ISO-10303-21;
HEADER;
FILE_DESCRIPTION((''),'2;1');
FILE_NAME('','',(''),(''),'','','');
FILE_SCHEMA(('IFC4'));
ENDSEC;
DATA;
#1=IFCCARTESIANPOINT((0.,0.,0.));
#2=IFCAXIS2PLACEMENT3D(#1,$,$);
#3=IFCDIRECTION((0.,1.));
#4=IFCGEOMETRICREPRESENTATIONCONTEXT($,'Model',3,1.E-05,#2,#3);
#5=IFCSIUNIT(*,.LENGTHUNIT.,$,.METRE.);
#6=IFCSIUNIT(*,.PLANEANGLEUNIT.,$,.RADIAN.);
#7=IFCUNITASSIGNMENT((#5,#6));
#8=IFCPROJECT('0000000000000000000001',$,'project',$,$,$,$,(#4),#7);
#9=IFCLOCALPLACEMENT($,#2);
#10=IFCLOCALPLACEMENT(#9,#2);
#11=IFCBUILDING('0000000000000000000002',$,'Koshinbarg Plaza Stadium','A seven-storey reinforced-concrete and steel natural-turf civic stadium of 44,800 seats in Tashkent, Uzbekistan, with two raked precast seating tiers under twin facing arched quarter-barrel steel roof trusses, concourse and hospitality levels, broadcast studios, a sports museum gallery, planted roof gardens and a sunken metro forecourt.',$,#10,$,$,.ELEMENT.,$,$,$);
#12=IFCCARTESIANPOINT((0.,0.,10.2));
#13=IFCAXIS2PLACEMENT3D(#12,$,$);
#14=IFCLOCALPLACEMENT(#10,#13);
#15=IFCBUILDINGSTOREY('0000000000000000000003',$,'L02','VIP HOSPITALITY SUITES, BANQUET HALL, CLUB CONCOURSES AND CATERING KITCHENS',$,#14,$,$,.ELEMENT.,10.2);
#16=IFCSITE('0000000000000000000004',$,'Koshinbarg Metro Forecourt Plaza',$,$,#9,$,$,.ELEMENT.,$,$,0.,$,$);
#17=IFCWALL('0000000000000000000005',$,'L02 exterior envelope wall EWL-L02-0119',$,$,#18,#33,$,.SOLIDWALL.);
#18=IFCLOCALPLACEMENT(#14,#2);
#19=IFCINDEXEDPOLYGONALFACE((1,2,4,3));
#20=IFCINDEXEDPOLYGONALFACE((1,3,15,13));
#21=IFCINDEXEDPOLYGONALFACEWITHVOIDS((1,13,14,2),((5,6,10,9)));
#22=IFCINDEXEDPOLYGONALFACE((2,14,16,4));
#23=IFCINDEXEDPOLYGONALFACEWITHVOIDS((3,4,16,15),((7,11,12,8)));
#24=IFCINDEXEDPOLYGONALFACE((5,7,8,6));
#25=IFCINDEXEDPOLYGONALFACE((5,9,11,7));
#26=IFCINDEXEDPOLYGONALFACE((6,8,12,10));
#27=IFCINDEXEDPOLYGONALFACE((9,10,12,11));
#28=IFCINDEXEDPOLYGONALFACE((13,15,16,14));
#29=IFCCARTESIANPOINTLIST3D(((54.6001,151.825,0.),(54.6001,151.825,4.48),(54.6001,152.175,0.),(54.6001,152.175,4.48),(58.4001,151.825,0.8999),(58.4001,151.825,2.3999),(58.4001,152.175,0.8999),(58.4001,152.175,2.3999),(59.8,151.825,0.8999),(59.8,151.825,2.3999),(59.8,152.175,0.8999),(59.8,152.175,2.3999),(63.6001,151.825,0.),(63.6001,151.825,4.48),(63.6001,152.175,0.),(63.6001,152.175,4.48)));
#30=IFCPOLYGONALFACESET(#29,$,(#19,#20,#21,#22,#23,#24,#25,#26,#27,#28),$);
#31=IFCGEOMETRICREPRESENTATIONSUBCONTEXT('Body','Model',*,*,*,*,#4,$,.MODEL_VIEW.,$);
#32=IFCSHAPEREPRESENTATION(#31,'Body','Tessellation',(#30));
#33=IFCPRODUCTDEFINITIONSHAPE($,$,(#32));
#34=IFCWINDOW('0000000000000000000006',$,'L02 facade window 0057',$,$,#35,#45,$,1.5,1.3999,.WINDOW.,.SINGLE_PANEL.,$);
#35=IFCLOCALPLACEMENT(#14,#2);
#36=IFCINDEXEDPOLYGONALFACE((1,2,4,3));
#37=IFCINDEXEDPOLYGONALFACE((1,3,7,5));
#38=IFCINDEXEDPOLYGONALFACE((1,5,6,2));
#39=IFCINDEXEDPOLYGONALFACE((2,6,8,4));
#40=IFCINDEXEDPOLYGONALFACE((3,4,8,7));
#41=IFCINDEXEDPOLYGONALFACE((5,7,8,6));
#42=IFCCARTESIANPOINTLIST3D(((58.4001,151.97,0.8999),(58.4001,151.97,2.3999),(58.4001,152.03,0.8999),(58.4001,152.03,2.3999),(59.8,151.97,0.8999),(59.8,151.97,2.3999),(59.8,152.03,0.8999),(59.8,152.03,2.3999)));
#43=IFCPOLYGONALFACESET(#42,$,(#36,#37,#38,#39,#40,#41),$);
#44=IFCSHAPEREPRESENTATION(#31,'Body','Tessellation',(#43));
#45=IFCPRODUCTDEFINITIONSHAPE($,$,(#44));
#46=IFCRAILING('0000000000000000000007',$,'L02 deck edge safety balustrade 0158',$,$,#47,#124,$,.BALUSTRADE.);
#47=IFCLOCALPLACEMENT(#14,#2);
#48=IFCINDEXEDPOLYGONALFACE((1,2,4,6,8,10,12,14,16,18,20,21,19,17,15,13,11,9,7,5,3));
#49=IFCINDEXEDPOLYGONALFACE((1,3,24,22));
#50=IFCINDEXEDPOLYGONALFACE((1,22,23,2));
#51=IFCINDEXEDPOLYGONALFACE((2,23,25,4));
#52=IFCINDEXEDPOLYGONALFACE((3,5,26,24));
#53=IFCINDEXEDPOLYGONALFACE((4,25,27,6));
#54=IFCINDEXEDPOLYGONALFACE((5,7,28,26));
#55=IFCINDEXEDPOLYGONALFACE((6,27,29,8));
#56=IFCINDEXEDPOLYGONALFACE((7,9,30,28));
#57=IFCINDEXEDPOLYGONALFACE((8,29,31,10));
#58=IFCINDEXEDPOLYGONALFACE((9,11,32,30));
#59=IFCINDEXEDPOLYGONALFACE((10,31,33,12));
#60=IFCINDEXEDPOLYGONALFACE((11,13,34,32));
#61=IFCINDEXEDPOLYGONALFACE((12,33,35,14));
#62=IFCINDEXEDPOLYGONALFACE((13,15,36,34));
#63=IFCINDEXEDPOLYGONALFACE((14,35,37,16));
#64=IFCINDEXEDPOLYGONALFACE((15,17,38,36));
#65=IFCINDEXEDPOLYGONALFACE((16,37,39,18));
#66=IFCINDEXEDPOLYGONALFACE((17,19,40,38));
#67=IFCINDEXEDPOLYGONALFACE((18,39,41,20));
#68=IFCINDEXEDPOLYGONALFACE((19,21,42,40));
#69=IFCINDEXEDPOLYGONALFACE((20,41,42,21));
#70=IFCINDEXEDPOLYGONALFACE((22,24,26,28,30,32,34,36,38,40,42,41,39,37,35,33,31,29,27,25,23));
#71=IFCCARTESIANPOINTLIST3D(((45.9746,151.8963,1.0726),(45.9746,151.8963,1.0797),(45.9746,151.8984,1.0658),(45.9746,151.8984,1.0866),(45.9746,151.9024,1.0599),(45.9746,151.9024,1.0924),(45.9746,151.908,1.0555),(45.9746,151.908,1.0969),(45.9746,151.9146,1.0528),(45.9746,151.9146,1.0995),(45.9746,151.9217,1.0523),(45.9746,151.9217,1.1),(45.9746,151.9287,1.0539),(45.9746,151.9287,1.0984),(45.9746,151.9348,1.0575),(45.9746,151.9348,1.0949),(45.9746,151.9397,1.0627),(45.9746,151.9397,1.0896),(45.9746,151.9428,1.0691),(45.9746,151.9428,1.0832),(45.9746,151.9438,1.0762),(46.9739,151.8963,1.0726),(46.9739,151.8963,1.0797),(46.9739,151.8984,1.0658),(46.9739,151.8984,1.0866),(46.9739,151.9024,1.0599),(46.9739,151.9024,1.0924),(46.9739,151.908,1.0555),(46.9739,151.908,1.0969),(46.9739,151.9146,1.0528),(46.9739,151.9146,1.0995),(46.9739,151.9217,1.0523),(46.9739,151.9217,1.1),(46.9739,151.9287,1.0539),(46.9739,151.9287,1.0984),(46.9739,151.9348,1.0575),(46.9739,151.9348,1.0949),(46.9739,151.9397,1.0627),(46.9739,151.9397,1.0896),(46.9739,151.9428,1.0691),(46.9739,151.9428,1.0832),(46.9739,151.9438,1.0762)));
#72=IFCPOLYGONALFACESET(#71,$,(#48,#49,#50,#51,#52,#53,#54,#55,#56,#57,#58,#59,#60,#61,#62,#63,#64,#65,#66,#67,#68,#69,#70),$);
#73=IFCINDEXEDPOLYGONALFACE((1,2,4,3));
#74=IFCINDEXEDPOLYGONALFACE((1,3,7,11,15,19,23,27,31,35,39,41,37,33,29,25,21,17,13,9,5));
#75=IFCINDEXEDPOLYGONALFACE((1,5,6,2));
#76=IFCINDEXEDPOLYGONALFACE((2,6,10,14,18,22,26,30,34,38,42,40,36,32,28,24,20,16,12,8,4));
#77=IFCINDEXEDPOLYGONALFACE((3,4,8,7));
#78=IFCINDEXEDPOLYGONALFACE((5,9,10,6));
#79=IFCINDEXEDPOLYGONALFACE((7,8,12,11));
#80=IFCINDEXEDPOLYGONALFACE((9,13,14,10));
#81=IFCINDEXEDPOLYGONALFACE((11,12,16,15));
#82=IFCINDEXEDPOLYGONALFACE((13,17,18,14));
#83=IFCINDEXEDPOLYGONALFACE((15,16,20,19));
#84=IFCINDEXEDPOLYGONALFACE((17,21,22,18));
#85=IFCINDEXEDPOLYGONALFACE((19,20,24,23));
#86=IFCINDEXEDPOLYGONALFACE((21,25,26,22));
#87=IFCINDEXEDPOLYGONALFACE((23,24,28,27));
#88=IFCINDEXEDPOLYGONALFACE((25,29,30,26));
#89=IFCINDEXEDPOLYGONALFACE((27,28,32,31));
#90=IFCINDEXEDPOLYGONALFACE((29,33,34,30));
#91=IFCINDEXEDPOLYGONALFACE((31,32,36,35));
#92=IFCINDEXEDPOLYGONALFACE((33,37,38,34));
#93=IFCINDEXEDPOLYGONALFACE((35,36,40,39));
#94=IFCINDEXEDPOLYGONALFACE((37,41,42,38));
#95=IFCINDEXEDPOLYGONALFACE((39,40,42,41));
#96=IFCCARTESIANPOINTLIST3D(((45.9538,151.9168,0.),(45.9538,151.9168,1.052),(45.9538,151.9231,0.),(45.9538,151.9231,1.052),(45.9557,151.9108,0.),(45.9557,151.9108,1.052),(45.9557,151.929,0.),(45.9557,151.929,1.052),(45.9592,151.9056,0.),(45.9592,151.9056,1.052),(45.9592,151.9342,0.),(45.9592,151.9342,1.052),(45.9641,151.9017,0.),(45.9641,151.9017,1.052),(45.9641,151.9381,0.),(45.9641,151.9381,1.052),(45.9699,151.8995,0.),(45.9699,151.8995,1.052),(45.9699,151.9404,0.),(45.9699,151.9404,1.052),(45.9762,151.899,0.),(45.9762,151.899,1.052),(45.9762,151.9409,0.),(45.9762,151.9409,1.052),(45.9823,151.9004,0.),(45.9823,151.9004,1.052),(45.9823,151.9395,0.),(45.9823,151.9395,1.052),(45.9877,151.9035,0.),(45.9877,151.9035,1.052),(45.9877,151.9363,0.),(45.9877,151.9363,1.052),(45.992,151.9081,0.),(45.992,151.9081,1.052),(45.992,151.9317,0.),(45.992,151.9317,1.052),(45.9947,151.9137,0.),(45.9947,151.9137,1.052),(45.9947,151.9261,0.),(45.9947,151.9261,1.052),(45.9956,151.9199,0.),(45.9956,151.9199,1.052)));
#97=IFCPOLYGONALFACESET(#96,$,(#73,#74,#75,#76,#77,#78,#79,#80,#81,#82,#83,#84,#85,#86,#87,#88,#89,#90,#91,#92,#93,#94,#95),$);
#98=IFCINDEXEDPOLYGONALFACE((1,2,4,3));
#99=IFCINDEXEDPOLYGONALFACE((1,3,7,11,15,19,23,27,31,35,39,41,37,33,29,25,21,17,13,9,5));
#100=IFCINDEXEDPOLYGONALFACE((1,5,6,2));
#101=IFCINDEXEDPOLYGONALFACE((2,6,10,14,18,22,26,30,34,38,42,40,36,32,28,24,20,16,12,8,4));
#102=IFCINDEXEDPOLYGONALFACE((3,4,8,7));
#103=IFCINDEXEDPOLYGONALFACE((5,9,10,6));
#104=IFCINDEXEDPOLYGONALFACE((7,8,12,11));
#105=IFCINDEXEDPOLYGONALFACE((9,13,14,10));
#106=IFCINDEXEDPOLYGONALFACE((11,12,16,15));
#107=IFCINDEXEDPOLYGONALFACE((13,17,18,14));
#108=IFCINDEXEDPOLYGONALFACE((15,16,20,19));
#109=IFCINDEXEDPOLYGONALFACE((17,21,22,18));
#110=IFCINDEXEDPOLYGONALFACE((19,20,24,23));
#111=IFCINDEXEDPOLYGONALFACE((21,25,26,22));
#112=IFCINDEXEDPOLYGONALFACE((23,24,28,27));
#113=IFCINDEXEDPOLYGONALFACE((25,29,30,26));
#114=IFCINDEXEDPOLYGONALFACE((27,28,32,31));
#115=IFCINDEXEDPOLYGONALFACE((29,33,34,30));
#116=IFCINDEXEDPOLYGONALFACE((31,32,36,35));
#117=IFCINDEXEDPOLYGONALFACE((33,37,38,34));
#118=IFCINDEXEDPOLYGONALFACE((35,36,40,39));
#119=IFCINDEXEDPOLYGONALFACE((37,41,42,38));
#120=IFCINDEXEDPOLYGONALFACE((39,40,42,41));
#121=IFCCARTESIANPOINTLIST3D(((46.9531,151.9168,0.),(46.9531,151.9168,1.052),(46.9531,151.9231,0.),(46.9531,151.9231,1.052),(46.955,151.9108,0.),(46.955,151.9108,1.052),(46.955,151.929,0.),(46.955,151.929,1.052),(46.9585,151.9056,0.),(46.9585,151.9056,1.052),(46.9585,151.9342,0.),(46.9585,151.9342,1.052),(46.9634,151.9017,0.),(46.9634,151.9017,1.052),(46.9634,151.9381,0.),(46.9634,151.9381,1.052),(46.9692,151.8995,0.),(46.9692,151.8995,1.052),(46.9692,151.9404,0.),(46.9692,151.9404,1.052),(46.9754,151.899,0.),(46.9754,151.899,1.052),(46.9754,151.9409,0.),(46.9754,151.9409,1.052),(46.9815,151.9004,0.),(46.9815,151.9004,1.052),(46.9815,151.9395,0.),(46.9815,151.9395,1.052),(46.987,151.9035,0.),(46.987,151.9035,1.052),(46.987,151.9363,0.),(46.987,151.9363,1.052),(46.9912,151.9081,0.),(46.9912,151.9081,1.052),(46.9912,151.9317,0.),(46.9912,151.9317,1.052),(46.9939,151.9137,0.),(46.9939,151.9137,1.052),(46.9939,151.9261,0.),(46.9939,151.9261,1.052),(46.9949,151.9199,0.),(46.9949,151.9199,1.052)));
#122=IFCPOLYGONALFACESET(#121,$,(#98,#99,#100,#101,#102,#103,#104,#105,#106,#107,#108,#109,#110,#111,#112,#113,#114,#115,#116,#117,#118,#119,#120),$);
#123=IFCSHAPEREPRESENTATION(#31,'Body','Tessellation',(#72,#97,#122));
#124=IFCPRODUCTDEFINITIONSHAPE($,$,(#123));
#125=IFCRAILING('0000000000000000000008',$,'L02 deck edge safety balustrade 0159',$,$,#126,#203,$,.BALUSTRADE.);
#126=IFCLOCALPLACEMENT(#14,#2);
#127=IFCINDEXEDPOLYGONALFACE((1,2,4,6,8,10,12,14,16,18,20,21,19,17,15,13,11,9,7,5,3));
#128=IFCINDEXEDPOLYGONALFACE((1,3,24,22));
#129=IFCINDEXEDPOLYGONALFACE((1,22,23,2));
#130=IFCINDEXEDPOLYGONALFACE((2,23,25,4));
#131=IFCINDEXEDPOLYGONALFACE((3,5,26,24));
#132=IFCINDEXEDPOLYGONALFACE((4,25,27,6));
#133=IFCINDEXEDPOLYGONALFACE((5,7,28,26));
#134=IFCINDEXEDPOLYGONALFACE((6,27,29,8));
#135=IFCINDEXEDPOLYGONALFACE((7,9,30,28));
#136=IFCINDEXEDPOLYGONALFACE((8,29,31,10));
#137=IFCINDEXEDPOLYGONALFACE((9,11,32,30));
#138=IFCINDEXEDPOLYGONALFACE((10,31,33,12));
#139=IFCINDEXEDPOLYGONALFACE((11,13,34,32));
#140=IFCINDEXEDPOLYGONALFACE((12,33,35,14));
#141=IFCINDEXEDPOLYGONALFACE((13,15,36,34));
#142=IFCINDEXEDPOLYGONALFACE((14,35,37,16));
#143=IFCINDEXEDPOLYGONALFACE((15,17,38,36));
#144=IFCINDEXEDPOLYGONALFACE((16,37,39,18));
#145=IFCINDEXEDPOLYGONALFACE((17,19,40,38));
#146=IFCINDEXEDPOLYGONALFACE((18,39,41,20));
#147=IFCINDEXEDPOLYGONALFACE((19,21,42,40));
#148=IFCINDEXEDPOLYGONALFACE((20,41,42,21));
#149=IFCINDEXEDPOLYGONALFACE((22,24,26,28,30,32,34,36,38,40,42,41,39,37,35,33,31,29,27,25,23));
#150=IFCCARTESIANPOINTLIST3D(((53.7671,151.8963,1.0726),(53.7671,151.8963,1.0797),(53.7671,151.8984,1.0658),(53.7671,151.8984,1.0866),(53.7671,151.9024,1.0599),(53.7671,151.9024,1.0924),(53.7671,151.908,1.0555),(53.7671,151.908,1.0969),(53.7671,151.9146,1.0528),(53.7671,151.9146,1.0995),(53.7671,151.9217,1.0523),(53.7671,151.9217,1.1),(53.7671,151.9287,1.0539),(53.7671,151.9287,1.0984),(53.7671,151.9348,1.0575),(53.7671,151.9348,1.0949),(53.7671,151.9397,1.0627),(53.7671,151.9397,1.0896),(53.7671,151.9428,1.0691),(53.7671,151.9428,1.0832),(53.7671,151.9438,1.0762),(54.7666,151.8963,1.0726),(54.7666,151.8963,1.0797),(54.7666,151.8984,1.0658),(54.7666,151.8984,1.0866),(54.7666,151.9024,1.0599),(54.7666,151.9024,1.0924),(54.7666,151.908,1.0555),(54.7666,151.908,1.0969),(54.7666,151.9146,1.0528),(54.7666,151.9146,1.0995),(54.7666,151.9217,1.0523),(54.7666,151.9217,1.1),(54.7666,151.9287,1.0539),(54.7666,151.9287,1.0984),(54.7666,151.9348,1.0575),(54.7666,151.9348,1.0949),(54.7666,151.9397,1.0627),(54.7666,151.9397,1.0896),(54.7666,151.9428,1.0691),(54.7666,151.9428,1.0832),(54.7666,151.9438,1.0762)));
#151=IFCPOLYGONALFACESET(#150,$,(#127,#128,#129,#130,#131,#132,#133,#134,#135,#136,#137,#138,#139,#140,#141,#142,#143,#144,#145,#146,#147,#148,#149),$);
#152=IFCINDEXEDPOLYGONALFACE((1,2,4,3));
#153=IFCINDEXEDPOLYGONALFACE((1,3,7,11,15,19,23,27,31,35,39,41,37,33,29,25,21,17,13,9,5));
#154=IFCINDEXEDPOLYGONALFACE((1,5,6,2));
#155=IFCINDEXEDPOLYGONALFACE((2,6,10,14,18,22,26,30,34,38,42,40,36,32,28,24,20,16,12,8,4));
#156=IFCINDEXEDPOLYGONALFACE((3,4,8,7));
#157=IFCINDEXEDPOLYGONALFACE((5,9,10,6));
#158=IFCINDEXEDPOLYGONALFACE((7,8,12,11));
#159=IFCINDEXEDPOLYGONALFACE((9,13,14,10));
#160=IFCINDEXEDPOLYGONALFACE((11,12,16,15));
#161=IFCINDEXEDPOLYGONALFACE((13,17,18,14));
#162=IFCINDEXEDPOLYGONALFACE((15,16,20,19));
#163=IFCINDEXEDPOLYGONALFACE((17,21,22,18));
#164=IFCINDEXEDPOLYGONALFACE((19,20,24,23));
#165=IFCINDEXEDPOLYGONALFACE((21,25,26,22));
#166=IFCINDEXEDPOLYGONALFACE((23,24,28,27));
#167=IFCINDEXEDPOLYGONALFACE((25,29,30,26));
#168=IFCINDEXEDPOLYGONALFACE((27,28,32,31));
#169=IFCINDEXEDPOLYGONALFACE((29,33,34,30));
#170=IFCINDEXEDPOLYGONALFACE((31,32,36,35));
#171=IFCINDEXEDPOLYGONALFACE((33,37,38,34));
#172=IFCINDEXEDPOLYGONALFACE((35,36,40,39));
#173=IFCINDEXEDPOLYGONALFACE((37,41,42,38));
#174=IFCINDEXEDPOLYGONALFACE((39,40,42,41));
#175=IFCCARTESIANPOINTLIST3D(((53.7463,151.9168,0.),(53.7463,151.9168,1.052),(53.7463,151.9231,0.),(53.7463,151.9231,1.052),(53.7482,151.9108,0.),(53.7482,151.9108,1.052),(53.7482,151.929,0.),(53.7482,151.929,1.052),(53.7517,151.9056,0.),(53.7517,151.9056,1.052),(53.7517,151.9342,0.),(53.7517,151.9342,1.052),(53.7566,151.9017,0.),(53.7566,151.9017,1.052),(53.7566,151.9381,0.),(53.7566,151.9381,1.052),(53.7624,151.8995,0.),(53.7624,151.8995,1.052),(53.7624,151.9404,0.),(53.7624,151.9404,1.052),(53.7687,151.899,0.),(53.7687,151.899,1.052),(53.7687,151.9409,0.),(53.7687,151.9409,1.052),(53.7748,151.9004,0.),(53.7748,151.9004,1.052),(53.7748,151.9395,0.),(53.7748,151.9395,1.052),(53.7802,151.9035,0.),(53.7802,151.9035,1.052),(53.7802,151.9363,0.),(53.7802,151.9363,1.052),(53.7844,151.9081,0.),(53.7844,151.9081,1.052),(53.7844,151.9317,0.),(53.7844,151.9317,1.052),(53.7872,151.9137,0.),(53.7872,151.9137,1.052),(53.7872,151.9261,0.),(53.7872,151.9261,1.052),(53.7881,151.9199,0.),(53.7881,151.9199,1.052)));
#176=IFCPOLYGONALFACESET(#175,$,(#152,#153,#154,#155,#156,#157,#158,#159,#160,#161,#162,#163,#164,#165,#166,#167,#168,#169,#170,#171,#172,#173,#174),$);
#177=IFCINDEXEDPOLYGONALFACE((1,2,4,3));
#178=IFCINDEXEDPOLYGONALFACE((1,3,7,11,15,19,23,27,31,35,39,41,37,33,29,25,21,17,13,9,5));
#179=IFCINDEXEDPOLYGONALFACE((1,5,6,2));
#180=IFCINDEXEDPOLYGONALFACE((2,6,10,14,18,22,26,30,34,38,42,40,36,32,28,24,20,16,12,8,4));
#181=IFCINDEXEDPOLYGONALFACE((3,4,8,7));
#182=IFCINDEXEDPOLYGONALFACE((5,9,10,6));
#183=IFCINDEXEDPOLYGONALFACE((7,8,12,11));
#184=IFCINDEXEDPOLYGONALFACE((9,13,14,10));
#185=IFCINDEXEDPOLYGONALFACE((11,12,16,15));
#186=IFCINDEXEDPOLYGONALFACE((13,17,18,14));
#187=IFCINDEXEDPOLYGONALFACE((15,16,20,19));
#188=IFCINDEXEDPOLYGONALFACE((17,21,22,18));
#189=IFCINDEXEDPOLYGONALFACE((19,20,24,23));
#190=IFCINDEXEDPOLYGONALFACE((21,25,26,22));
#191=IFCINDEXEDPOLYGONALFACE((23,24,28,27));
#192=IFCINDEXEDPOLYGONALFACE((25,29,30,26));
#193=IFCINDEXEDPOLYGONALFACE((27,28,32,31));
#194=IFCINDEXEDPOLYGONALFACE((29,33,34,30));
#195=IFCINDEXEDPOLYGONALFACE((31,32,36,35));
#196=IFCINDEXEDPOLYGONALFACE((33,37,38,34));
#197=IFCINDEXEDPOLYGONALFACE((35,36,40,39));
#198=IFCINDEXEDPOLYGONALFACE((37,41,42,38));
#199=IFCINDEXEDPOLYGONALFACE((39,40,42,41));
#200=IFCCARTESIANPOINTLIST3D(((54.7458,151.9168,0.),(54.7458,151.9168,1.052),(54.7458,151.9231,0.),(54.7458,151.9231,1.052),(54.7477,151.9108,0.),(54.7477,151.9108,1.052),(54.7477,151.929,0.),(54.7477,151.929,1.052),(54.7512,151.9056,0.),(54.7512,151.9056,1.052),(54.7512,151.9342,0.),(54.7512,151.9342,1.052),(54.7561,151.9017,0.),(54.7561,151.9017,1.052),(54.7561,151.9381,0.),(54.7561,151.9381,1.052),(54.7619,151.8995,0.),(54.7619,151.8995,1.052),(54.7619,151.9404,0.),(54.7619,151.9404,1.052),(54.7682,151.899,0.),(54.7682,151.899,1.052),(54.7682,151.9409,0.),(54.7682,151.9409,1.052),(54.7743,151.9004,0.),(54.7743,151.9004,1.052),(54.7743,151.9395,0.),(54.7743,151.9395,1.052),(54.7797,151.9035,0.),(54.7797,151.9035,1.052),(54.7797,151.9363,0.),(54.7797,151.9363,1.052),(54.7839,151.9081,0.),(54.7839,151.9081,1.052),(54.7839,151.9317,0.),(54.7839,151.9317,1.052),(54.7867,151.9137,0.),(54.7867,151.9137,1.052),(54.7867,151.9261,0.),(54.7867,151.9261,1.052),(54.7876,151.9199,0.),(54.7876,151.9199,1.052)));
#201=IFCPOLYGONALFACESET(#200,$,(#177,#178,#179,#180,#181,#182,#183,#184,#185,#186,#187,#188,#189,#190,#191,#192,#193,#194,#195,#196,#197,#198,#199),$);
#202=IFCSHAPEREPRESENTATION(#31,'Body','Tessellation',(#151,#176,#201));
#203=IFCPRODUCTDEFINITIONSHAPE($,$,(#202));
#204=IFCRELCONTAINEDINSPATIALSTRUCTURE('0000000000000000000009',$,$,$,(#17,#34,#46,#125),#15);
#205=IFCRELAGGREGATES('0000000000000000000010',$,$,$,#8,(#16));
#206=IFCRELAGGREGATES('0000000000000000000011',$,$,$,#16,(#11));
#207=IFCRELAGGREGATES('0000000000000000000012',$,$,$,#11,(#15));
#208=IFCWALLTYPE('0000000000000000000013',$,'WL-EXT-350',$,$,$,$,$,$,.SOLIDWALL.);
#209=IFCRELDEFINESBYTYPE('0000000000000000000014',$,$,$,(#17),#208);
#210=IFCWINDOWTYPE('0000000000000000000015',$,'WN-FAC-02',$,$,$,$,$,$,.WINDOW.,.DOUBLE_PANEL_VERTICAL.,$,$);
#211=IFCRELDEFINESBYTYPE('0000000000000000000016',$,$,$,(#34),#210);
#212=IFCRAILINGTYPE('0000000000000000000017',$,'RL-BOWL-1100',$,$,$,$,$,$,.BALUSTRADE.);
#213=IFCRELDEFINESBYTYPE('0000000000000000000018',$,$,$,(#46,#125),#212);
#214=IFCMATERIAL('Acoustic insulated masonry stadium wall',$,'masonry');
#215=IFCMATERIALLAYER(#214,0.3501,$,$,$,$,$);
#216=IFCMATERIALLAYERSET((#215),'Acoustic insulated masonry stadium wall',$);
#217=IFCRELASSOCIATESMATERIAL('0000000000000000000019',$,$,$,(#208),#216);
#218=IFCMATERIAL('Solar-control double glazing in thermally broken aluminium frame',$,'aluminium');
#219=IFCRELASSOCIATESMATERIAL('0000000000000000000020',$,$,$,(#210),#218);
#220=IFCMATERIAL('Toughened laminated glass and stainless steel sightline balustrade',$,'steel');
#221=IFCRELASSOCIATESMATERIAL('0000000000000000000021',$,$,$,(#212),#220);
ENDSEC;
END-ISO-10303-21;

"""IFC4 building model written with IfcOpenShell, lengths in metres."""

from ifc_helpers import new_model, si_unit, direction, frame, frame_2d, origin, origin_2d, place, context, subcontext, project, spatial, rectangle, circle, extrude, material, layer, layer_set, type_object, element, fill, save


model = new_model("IFC4")

# Units and contexts
model_context = context("Model", 3, precision=1e-05, world=origin(), true_north=direction((0.0, 1.0)))
body_context = subcontext(model_context, "Body", "Model", "MODEL_VIEW")
ifc_project = project(units=[si_unit("LENGTHUNIT", "METRE"), si_unit("PLANEANGLEUNIT", "RADIAN")], contexts=[model_context])

# Site, building, storey
site_placement = place(None, origin())
site = spatial("IfcSite", under=ifc_project, at=site_placement, Name="Koshinbarg Metro Forecourt Plaza", CompositionType="ELEMENT", RefElevation=0.0)
building_placement = place(site_placement, origin())
building = spatial("IfcBuilding", under=site, at=building_placement, Name="Koshinbarg Plaza Stadium", Description="A seven-storey reinforced-concrete and steel natural-turf civic stadium of 44,800 seats in Tashkent, Uzbekistan, with two raked precast seating tiers under twin facing arched quarter-barrel steel roof trusses, concourse and hospitality levels, broadcast studios, a sports museum gallery, planted roof gardens and a sunken metro forecourt.", CompositionType="ELEMENT")
storey_placement = place(building_placement, frame((0.0, 0.0, 10.2)))
storey = spatial("IfcBuildingStorey", under=building, at=storey_placement, Name="L02", Description="VIP HOSPITALITY SUITES, BANQUET HALL, CLUB CONCOURSES AND CATERING KITCHENS", CompositionType="ELEMENT", Elevation=10.2)

# Wall, opening, window
ifc_material_1 = material(Name="Acoustic insulated masonry stadium wall", Category="masonry")
ifc_layer_1 = layer(ifc_material_1, 0.3501)
ifc_layer_set_1 = layer_set([ifc_layer_1], Name="Acoustic insulated masonry stadium wall")
wall_type = type_object("IfcWallType", Name="WL-EXT-350", PredefinedType="SOLIDWALL", material=ifc_layer_set_1)
wall_placement = place(storey_placement, frame((54.6001, 152.0, 0.0), z_axis=(0.0, 0.0, 1.0), x_axis=(1.0, 0.0, 0.0)))
wall = element("IfcWall", 1, at=wall_placement, inside=storey, type_object=wall_type, Name="L02 exterior envelope wall EWL-L02-0119", PredefinedType="SOLIDWALL", context=body_context, shape_type="SweptSolid", body=[
    extrude(rectangle(XDim=9.0, YDim=0.3501, at=frame_2d((4.5, 0.0))), origin(), (0.0, 0.0, 1.0), 4.48),
])
opening_placement = place(wall_placement, frame((3.8, 0.0, 0.8999)))
opening = element("IfcOpeningElement", 2, at=opening_placement, cuts=wall, PredefinedType="OPENING", context=body_context, shape_type="SweptSolid", body=[
    extrude(rectangle(XDim=1.3999, YDim=1.5, at=frame_2d((0.7, 0.75))), frame((0.0, 0.1851, 0.0), z_axis=(0.0, -1.0, 0.0), x_axis=(1.0, 0.0, 0.0)), (0.0, 0.0, 1.0), 0.3701),
])
ifc_material_2 = material(Name="Solar-control double glazing in thermally broken aluminium frame", Category="aluminium")
window_type = type_object("IfcWindowType", Name="WN-FAC-02", PartitioningType="DOUBLE_PANEL_VERTICAL", PredefinedType="WINDOW", material=ifc_material_2)
window_placement = place(opening_placement, origin())
window = element("IfcWindow", 3, at=window_placement, inside=storey, type_object=window_type, Name="L02 facade window 0057", OverallHeight=1.5, OverallWidth=1.3999, PartitioningType="SINGLE_PANEL", PredefinedType="WINDOW", context=body_context, shape_type="SweptSolid", body=[
    extrude(rectangle(XDim=1.3999, YDim=1.5, at=frame_2d((0.7, 0.75))), frame((0.0, 0.03, 0.0), z_axis=(0.0, -1.0, 0.0), x_axis=(1.0, 0.0, 0.0)), (0.0, 0.0, 1.0), 0.0601),
])
fill(opening, window)

# Railings
ifc_material_3 = material(Name="Toughened laminated glass and stainless steel sightline balustrade", Category="steel")
railing_type = type_object("IfcRailingType", Name="RL-BOWL-1100", PredefinedType="BALUSTRADE", material=ifc_material_3)
railing_placement = place(storey_placement, frame((45.9746, 151.9199, 0.0)))
element("IfcRailing", 4, at=railing_placement, inside=storey, type_object=railing_type, Name="L02 deck edge safety balustrade 0158", PredefinedType="BALUSTRADE", context=body_context, shape_type="SweptSolid", body=[
    extrude(circle(Radius=0.0239, at=origin_2d()), frame((0.0, 0.0, 1.0762), z_axis=(1.0, 0.0, 0.0), x_axis=(0.0, 1.0, 0.0)), (0.0, 0.0, 1.0), 0.9993),
    extrude(circle(Radius=0.021, at=origin_2d()), origin(), (0.0, 0.0, 1.0), 1.052),
    extrude(circle(Radius=0.021, at=origin_2d()), frame((0.9993, 0.0, 0.0)), (0.0, 0.0, 1.0), 1.052),
])
for number, where, name in (
    (5, (53.7671, 151.9199, 0.0), "L02 deck edge safety balustrade 0159"),
):
    element("IfcRailing", number, at=place(storey_placement, frame(where)), inside=storey, type_object=railing_type, Name=name, PredefinedType="BALUSTRADE", context=body_context, shape_type="SweptSolid", body=[
        extrude(circle(Radius=0.0239, at=origin_2d()), frame((0.0, 0.0, 1.0762), z_axis=(1.0, 0.0, 0.0), x_axis=(0.0, 1.0, 0.0)), (0.0, 0.0, 1.0), 0.9995),
        extrude(circle(Radius=0.021, at=origin_2d()), origin(), (0.0, 0.0, 1.0), 1.052),
        extrude(circle(Radius=0.021, at=origin_2d()), frame((0.9995, 0.0, 0.0)), (0.0, 0.0, 1.0), 1.052),
    ])

save(model, "model.ifc")
